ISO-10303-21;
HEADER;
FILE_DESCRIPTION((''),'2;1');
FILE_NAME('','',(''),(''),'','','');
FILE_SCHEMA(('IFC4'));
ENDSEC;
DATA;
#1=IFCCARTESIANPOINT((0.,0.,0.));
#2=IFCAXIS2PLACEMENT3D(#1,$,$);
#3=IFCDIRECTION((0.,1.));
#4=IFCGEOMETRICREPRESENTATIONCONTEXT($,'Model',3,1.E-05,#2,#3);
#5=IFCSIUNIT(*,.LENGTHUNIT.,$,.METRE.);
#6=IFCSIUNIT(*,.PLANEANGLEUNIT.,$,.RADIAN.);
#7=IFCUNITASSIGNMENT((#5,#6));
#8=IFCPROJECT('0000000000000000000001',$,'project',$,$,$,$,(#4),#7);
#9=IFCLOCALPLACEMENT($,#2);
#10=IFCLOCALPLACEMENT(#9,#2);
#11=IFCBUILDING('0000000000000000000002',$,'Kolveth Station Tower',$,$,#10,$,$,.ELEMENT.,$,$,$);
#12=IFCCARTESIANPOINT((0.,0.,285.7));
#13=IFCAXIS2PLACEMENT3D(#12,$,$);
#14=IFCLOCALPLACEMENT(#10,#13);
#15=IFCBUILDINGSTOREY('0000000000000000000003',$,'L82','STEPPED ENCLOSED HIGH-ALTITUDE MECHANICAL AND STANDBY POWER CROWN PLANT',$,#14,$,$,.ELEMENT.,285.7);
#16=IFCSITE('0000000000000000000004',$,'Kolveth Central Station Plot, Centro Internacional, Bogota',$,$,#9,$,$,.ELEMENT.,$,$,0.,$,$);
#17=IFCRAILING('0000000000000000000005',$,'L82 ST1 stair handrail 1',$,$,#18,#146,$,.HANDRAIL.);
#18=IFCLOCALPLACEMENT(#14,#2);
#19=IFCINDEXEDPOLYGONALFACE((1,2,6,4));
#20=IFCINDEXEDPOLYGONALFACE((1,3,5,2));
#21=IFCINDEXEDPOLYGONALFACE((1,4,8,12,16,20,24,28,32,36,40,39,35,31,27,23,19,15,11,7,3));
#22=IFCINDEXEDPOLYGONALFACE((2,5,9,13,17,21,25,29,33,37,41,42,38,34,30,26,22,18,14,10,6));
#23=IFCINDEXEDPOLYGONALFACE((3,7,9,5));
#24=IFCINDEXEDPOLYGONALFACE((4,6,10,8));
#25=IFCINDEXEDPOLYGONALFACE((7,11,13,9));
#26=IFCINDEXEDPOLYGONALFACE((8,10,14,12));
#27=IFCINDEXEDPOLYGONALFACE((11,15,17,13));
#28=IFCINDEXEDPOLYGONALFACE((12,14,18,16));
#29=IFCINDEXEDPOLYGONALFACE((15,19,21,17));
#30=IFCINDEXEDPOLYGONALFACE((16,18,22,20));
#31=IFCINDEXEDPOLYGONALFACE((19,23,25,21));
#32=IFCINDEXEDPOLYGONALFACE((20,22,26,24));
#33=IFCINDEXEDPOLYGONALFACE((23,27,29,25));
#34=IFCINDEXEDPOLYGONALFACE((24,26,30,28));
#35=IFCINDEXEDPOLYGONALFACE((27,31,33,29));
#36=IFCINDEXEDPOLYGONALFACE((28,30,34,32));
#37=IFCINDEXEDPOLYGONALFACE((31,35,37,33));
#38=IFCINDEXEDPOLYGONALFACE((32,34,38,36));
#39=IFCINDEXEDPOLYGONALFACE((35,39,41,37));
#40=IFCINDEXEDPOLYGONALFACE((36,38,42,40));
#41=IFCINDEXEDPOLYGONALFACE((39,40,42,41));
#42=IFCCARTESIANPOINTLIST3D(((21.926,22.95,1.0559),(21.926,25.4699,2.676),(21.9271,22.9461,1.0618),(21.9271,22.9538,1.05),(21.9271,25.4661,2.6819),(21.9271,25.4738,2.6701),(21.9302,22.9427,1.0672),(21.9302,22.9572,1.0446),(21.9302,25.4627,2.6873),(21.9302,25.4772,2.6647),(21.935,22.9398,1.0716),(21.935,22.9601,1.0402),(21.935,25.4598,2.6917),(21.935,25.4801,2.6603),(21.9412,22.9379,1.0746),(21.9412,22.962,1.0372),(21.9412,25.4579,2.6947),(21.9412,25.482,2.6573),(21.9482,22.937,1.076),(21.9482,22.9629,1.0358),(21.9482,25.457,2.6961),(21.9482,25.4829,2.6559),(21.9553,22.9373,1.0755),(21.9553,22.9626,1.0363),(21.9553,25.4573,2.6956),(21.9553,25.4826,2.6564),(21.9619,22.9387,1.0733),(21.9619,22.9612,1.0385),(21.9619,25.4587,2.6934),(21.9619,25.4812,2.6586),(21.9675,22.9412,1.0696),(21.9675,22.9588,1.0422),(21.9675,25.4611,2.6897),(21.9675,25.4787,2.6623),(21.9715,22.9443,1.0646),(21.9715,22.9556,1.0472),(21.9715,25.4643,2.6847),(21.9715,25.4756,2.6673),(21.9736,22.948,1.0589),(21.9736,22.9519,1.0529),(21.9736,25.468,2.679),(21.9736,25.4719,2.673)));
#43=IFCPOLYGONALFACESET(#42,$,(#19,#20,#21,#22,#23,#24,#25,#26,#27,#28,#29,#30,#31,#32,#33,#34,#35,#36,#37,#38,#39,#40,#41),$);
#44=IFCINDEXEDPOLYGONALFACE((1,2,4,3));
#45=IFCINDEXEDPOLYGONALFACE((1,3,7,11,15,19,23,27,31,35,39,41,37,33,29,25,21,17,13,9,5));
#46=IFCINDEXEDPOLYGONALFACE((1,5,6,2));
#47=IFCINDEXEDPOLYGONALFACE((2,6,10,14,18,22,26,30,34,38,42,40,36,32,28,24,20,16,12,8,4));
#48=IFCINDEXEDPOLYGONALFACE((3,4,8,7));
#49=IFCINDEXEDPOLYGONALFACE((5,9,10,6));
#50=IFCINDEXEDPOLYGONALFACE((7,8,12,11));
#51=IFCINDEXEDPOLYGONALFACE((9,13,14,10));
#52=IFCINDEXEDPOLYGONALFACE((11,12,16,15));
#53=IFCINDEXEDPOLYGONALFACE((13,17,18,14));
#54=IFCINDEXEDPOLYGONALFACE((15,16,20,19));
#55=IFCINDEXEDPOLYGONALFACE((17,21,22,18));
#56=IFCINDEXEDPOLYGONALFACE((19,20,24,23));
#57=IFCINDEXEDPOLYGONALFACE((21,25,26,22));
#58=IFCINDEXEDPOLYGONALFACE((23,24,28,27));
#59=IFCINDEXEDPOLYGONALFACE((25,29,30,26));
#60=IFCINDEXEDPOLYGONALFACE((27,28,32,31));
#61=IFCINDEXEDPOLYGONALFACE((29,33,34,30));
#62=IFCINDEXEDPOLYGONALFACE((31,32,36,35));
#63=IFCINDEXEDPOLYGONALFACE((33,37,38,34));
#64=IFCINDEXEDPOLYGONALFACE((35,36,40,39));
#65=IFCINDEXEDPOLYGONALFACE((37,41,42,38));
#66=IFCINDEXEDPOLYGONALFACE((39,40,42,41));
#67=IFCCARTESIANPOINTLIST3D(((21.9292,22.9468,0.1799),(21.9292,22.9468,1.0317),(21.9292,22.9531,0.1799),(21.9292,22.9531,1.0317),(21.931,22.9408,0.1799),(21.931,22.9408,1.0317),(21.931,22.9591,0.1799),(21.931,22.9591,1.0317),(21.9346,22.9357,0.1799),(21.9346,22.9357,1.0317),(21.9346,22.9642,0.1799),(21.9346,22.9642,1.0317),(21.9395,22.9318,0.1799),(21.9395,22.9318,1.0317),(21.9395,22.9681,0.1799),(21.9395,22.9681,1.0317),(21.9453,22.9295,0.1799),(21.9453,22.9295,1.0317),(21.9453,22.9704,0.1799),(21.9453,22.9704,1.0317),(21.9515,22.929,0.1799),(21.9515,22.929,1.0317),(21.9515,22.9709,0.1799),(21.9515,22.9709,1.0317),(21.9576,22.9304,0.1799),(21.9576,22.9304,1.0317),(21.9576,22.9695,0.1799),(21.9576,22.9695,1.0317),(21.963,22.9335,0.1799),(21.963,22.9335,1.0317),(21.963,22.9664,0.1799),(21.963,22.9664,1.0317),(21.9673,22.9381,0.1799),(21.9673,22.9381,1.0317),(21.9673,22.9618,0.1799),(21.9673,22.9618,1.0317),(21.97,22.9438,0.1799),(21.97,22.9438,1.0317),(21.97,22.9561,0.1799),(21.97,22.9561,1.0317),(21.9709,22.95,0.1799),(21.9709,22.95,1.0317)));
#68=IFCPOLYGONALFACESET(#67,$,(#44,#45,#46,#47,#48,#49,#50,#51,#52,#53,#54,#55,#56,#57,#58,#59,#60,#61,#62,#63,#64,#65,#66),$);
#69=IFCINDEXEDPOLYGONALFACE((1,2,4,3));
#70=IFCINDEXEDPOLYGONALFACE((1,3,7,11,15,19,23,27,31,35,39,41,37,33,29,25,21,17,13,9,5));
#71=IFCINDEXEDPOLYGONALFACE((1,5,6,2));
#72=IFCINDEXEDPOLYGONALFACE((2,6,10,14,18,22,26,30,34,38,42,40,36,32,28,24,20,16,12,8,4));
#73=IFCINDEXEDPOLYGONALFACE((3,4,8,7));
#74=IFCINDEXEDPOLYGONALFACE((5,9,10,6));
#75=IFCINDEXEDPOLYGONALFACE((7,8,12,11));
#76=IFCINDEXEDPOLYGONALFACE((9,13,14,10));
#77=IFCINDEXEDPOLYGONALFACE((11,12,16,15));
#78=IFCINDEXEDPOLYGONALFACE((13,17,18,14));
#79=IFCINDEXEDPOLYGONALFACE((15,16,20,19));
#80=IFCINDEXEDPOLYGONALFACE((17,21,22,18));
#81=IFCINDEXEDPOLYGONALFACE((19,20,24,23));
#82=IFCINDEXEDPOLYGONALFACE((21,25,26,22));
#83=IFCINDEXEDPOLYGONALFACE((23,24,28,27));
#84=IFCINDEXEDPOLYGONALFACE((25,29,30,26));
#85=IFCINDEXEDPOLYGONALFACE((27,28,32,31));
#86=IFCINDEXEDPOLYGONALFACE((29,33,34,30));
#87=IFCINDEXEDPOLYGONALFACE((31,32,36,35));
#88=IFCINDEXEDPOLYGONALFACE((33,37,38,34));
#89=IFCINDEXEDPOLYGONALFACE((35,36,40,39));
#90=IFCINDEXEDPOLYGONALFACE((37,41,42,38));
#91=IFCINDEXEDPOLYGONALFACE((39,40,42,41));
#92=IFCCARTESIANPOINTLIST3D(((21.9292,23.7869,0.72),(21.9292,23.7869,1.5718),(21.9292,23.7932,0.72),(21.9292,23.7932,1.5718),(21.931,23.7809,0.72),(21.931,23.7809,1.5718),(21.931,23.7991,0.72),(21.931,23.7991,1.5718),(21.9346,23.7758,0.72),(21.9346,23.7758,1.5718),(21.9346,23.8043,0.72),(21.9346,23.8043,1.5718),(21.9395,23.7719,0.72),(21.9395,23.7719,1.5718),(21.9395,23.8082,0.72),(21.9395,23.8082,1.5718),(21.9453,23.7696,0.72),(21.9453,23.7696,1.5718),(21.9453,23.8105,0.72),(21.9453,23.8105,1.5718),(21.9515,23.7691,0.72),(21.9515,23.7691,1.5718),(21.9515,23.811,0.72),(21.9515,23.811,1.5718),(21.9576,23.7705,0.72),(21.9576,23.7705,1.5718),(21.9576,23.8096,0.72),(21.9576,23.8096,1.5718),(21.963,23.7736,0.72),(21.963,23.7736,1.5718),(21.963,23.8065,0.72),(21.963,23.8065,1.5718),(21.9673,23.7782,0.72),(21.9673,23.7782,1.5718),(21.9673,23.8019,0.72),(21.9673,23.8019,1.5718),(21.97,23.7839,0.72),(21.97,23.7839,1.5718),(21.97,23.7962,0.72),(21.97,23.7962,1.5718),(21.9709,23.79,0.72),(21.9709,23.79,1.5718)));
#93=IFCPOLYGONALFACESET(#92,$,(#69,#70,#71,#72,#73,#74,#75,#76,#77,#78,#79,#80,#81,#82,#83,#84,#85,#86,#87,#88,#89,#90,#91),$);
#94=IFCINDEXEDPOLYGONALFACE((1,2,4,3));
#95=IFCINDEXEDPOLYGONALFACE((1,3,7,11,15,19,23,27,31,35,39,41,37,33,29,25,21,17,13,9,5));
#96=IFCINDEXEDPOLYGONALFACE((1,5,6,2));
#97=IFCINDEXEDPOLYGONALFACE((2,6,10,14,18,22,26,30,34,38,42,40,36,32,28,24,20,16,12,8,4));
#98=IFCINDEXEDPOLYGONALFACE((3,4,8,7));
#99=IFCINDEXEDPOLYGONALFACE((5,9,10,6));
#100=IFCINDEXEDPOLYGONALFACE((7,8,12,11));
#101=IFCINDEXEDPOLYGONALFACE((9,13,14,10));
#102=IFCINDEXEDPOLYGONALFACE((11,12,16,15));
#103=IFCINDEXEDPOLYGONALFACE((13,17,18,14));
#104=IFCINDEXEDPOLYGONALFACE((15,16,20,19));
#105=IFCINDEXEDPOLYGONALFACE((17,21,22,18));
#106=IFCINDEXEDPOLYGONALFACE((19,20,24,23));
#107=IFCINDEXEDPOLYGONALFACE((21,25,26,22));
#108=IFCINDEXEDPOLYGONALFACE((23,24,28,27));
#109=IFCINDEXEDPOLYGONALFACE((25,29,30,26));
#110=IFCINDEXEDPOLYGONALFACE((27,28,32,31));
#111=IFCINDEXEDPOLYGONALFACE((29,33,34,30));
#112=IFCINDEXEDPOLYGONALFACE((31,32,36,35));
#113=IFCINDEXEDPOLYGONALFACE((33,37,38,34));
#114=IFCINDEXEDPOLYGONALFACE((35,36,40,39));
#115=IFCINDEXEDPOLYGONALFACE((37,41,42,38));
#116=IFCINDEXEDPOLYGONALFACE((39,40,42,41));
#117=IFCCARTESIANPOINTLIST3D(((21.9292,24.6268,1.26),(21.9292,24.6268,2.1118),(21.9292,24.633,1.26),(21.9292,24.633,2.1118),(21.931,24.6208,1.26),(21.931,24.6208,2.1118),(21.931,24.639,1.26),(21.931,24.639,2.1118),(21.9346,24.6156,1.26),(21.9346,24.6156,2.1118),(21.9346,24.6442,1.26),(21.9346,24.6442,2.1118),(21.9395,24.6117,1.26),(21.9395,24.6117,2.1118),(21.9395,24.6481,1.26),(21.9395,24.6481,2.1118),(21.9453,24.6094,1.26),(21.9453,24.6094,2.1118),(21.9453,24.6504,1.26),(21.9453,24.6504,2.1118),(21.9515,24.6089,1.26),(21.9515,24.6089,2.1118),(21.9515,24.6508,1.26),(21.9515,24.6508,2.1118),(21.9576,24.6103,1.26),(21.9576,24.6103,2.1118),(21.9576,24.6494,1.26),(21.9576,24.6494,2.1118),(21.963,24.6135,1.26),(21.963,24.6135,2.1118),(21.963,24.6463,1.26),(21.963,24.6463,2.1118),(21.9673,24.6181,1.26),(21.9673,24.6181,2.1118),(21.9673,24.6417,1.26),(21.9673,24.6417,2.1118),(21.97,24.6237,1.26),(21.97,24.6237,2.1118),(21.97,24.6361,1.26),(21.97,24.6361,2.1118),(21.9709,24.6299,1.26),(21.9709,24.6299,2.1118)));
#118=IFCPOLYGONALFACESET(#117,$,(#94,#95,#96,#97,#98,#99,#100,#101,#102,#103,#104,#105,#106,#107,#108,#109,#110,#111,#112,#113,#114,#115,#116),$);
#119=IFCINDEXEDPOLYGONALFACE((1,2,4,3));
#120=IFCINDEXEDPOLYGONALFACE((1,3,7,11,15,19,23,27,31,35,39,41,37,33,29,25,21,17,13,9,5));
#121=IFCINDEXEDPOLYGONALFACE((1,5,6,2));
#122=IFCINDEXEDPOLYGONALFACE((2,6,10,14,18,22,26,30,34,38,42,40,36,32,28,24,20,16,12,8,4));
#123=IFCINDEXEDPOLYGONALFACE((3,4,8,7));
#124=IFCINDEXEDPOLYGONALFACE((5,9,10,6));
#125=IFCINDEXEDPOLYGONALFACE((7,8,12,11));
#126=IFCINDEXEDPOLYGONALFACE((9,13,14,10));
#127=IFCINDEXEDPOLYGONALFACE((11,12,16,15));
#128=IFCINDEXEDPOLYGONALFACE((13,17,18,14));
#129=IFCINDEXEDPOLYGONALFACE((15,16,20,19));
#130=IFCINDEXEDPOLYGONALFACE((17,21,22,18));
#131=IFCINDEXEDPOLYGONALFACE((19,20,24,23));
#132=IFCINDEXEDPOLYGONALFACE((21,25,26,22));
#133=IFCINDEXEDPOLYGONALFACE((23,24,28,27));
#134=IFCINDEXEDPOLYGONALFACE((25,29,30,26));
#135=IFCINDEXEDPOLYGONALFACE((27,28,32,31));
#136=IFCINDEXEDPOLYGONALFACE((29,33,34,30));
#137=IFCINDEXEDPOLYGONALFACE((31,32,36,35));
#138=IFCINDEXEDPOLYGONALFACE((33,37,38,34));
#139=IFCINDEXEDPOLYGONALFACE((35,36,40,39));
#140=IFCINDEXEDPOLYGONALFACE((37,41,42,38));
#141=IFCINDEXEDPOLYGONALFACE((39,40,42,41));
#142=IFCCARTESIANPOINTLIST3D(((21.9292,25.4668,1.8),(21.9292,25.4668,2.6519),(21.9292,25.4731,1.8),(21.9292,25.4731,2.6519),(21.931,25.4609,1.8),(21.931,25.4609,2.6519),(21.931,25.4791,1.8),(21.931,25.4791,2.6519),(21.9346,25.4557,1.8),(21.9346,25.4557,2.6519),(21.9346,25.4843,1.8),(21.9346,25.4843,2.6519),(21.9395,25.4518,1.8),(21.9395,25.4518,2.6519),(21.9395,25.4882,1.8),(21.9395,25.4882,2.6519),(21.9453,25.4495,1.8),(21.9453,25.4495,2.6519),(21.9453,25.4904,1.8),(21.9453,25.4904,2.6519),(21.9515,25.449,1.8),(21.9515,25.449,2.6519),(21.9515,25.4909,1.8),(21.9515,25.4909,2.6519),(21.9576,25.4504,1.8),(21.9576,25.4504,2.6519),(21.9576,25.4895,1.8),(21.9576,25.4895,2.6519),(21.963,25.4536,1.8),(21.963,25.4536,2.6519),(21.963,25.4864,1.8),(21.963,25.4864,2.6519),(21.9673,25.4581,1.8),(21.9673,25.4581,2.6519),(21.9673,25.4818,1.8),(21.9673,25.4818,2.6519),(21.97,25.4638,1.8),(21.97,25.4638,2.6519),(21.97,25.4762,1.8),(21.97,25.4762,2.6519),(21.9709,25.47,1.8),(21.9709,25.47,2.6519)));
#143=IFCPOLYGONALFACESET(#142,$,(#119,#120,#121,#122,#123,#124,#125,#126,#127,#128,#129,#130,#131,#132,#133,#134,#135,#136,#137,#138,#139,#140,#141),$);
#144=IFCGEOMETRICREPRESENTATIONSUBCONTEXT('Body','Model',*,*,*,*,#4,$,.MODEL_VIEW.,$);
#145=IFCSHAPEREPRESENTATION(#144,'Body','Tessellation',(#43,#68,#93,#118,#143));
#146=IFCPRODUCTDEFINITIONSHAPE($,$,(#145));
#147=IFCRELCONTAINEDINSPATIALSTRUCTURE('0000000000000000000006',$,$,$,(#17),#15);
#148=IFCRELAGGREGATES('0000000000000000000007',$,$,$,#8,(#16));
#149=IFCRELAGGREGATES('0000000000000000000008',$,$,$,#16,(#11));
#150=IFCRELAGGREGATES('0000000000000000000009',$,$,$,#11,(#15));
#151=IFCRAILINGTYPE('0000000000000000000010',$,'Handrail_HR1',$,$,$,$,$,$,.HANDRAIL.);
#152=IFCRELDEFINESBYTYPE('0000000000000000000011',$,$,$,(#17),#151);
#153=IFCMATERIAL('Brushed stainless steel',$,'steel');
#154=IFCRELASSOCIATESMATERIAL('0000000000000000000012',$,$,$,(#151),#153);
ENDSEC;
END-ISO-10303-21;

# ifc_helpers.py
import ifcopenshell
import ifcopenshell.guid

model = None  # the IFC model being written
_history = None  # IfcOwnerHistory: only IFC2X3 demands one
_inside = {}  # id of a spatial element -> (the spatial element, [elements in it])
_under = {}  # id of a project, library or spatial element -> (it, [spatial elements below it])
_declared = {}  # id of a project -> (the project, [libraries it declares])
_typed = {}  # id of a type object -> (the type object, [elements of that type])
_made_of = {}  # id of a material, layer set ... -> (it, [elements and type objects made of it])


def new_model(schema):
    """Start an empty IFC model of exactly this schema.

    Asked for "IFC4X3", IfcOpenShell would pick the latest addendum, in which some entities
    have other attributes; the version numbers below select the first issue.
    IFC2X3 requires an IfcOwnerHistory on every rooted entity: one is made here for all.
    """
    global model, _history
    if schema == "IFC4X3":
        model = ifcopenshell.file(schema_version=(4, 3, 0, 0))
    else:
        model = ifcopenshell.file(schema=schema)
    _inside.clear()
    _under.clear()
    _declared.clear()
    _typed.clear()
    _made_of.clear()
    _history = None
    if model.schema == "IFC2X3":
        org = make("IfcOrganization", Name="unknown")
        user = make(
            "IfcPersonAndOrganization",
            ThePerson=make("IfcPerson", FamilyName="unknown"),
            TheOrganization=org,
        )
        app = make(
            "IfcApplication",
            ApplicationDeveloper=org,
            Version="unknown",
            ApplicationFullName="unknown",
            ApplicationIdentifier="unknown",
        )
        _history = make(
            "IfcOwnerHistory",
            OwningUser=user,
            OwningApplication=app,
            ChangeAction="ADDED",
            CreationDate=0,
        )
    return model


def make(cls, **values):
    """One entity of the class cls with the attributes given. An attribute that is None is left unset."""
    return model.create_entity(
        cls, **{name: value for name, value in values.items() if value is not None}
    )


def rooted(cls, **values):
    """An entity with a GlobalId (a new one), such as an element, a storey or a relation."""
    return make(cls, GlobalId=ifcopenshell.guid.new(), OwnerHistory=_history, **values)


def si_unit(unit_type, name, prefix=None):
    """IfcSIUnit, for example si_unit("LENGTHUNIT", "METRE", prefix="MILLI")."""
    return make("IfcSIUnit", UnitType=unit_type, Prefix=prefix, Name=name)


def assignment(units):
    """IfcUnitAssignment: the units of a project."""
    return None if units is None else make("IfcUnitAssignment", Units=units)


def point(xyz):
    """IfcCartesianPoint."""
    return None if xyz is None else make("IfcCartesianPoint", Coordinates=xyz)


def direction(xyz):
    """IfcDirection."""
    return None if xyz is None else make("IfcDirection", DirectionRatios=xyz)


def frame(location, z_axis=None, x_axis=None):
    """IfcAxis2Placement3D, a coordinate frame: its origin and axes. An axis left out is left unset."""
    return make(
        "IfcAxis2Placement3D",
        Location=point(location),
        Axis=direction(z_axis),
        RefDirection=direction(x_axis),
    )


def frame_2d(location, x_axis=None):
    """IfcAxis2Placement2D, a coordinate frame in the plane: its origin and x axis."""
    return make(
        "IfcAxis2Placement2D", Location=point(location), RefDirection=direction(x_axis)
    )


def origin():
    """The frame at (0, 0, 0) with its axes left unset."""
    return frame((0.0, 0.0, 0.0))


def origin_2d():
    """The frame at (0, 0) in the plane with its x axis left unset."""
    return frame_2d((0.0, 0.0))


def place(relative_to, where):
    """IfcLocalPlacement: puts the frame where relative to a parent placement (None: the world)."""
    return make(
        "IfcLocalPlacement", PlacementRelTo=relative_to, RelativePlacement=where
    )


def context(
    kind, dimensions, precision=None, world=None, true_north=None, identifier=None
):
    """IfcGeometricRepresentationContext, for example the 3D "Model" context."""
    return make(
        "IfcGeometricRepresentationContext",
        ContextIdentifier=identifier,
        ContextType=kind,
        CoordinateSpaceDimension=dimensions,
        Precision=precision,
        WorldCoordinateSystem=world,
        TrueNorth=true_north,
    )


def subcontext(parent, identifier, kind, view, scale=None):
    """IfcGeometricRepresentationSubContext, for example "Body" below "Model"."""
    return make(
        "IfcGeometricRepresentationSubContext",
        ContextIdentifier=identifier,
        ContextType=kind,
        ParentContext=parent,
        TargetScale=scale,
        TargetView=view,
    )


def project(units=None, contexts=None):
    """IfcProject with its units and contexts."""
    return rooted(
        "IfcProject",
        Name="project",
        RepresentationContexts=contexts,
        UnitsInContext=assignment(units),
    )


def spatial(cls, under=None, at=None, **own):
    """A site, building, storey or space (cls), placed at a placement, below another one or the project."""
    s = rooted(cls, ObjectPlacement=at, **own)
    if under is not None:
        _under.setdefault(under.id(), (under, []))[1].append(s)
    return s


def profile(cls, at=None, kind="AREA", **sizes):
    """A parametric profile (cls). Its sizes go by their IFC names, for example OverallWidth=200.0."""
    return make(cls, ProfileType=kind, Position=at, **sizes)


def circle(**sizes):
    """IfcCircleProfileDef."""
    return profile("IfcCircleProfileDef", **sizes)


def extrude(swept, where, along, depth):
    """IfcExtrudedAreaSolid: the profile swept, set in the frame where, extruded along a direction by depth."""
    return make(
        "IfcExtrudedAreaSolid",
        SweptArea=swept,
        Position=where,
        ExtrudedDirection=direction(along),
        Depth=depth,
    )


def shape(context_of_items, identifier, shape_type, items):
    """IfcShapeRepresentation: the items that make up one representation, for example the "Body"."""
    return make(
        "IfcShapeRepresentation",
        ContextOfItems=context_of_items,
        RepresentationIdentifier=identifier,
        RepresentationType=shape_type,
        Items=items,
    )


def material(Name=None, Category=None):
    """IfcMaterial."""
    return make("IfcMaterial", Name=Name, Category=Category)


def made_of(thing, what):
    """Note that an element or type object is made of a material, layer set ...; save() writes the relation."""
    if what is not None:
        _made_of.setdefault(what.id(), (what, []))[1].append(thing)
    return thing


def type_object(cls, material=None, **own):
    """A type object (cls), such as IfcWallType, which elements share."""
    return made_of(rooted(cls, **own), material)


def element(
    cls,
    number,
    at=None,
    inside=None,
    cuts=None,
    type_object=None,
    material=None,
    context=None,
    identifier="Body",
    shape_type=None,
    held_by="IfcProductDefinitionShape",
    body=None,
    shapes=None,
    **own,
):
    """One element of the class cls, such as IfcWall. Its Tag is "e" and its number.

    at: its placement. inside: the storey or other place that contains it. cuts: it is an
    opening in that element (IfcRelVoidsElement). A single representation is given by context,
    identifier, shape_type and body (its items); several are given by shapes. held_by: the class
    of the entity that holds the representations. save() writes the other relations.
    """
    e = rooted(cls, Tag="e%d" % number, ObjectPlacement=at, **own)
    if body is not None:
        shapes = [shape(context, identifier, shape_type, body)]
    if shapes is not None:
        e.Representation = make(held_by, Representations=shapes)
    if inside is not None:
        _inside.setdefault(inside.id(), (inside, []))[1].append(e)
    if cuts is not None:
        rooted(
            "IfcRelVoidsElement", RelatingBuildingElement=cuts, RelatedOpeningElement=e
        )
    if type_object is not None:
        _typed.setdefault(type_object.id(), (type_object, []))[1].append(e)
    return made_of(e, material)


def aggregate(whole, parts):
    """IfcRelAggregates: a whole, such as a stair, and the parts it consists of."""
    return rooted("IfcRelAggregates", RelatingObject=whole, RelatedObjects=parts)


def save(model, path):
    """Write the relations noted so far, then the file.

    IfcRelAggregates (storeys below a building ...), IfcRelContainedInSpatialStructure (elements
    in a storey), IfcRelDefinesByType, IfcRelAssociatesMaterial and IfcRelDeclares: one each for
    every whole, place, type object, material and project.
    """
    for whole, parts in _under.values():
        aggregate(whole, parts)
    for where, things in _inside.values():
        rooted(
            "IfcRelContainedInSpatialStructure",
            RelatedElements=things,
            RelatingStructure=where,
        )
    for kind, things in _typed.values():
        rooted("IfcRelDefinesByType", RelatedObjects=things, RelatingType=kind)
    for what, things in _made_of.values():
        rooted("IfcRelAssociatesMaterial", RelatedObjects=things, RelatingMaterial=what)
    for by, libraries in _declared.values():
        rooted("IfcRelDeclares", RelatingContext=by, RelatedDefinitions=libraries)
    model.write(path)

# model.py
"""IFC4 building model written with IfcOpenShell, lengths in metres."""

from ifc_helpers import new_model, si_unit, direction, frame, origin, origin_2d, place, context, subcontext, project, spatial, circle, extrude, material, type_object, element, save


model = new_model("IFC4")

# Units and contexts
model_context = context("Model", 3, precision=1e-05, world=origin(), true_north=direction((0.0, 1.0)))
body_context = subcontext(model_context, "Body", "Model", "MODEL_VIEW")
ifc_project = project(units=[si_unit("LENGTHUNIT", "METRE"), si_unit("PLANEANGLEUNIT", "RADIAN")], contexts=[model_context])

# Site, building, storey
site_placement = place(None, origin())
site = spatial("IfcSite", under=ifc_project, at=site_placement, Name="Kolveth Central Station Plot, Centro Internacional, Bogota", CompositionType="ELEMENT", RefElevation=0.0)
building_placement = place(site_placement, origin())
building = spatial("IfcBuilding", under=site, at=building_placement, Name="Kolveth Station Tower", CompositionType="ELEMENT")
storey_placement = place(building_placement, frame((0.0, 0.0, 285.7)))
storey = spatial("IfcBuildingStorey", under=building, at=storey_placement, Name="L82", Description="STEPPED ENCLOSED HIGH-ALTITUDE MECHANICAL AND STANDBY POWER CROWN PLANT", CompositionType="ELEMENT", Elevation=285.7)

# Railing
ifc_material_1 = material(Name="Brushed stainless steel", Category="steel")
railing_type_1 = type_object("IfcRailingType", Name="Handrail_HR1", PredefinedType="HANDRAIL", material=ifc_material_1)
railing_1_placement = place(storey_placement, frame((21.95, 22.95, 0.1799)))
element("IfcRailing", 1, at=railing_1_placement, inside=storey, type_object=railing_type_1, Name="L82 ST1 stair handrail 1", PredefinedType="HANDRAIL", context=body_context, shape_type="SweptSolid", body=[
    extrude(circle(Radius=0.0239, at=origin_2d()), frame((0.0, 0.0, 0.876), z_axis=(0.0, 0.841163, 0.540782), x_axis=(-1.0, 0.0, 0.0)), (0.0, 0.0, 1.0), 2.9958),
    extrude(circle(Radius=0.021, at=origin_2d()), origin(), (0.0, 0.0, 1.0), 0.8518),
    extrude(circle(Radius=0.021, at=origin_2d()), frame((0.0, 0.8401, 0.54)), (0.0, 0.0, 1.0), 0.8518),
    extrude(circle(Radius=0.021, at=origin_2d()), frame((0.0, 1.6799, 1.0801)), (0.0, 0.0, 1.0), 0.8518),
    extrude(circle(Radius=0.021, at=origin_2d()), frame((0.0, 2.52, 1.6201)), (0.0, 0.0, 1.0), 0.8518),
])

save(model, "model.ifc")
